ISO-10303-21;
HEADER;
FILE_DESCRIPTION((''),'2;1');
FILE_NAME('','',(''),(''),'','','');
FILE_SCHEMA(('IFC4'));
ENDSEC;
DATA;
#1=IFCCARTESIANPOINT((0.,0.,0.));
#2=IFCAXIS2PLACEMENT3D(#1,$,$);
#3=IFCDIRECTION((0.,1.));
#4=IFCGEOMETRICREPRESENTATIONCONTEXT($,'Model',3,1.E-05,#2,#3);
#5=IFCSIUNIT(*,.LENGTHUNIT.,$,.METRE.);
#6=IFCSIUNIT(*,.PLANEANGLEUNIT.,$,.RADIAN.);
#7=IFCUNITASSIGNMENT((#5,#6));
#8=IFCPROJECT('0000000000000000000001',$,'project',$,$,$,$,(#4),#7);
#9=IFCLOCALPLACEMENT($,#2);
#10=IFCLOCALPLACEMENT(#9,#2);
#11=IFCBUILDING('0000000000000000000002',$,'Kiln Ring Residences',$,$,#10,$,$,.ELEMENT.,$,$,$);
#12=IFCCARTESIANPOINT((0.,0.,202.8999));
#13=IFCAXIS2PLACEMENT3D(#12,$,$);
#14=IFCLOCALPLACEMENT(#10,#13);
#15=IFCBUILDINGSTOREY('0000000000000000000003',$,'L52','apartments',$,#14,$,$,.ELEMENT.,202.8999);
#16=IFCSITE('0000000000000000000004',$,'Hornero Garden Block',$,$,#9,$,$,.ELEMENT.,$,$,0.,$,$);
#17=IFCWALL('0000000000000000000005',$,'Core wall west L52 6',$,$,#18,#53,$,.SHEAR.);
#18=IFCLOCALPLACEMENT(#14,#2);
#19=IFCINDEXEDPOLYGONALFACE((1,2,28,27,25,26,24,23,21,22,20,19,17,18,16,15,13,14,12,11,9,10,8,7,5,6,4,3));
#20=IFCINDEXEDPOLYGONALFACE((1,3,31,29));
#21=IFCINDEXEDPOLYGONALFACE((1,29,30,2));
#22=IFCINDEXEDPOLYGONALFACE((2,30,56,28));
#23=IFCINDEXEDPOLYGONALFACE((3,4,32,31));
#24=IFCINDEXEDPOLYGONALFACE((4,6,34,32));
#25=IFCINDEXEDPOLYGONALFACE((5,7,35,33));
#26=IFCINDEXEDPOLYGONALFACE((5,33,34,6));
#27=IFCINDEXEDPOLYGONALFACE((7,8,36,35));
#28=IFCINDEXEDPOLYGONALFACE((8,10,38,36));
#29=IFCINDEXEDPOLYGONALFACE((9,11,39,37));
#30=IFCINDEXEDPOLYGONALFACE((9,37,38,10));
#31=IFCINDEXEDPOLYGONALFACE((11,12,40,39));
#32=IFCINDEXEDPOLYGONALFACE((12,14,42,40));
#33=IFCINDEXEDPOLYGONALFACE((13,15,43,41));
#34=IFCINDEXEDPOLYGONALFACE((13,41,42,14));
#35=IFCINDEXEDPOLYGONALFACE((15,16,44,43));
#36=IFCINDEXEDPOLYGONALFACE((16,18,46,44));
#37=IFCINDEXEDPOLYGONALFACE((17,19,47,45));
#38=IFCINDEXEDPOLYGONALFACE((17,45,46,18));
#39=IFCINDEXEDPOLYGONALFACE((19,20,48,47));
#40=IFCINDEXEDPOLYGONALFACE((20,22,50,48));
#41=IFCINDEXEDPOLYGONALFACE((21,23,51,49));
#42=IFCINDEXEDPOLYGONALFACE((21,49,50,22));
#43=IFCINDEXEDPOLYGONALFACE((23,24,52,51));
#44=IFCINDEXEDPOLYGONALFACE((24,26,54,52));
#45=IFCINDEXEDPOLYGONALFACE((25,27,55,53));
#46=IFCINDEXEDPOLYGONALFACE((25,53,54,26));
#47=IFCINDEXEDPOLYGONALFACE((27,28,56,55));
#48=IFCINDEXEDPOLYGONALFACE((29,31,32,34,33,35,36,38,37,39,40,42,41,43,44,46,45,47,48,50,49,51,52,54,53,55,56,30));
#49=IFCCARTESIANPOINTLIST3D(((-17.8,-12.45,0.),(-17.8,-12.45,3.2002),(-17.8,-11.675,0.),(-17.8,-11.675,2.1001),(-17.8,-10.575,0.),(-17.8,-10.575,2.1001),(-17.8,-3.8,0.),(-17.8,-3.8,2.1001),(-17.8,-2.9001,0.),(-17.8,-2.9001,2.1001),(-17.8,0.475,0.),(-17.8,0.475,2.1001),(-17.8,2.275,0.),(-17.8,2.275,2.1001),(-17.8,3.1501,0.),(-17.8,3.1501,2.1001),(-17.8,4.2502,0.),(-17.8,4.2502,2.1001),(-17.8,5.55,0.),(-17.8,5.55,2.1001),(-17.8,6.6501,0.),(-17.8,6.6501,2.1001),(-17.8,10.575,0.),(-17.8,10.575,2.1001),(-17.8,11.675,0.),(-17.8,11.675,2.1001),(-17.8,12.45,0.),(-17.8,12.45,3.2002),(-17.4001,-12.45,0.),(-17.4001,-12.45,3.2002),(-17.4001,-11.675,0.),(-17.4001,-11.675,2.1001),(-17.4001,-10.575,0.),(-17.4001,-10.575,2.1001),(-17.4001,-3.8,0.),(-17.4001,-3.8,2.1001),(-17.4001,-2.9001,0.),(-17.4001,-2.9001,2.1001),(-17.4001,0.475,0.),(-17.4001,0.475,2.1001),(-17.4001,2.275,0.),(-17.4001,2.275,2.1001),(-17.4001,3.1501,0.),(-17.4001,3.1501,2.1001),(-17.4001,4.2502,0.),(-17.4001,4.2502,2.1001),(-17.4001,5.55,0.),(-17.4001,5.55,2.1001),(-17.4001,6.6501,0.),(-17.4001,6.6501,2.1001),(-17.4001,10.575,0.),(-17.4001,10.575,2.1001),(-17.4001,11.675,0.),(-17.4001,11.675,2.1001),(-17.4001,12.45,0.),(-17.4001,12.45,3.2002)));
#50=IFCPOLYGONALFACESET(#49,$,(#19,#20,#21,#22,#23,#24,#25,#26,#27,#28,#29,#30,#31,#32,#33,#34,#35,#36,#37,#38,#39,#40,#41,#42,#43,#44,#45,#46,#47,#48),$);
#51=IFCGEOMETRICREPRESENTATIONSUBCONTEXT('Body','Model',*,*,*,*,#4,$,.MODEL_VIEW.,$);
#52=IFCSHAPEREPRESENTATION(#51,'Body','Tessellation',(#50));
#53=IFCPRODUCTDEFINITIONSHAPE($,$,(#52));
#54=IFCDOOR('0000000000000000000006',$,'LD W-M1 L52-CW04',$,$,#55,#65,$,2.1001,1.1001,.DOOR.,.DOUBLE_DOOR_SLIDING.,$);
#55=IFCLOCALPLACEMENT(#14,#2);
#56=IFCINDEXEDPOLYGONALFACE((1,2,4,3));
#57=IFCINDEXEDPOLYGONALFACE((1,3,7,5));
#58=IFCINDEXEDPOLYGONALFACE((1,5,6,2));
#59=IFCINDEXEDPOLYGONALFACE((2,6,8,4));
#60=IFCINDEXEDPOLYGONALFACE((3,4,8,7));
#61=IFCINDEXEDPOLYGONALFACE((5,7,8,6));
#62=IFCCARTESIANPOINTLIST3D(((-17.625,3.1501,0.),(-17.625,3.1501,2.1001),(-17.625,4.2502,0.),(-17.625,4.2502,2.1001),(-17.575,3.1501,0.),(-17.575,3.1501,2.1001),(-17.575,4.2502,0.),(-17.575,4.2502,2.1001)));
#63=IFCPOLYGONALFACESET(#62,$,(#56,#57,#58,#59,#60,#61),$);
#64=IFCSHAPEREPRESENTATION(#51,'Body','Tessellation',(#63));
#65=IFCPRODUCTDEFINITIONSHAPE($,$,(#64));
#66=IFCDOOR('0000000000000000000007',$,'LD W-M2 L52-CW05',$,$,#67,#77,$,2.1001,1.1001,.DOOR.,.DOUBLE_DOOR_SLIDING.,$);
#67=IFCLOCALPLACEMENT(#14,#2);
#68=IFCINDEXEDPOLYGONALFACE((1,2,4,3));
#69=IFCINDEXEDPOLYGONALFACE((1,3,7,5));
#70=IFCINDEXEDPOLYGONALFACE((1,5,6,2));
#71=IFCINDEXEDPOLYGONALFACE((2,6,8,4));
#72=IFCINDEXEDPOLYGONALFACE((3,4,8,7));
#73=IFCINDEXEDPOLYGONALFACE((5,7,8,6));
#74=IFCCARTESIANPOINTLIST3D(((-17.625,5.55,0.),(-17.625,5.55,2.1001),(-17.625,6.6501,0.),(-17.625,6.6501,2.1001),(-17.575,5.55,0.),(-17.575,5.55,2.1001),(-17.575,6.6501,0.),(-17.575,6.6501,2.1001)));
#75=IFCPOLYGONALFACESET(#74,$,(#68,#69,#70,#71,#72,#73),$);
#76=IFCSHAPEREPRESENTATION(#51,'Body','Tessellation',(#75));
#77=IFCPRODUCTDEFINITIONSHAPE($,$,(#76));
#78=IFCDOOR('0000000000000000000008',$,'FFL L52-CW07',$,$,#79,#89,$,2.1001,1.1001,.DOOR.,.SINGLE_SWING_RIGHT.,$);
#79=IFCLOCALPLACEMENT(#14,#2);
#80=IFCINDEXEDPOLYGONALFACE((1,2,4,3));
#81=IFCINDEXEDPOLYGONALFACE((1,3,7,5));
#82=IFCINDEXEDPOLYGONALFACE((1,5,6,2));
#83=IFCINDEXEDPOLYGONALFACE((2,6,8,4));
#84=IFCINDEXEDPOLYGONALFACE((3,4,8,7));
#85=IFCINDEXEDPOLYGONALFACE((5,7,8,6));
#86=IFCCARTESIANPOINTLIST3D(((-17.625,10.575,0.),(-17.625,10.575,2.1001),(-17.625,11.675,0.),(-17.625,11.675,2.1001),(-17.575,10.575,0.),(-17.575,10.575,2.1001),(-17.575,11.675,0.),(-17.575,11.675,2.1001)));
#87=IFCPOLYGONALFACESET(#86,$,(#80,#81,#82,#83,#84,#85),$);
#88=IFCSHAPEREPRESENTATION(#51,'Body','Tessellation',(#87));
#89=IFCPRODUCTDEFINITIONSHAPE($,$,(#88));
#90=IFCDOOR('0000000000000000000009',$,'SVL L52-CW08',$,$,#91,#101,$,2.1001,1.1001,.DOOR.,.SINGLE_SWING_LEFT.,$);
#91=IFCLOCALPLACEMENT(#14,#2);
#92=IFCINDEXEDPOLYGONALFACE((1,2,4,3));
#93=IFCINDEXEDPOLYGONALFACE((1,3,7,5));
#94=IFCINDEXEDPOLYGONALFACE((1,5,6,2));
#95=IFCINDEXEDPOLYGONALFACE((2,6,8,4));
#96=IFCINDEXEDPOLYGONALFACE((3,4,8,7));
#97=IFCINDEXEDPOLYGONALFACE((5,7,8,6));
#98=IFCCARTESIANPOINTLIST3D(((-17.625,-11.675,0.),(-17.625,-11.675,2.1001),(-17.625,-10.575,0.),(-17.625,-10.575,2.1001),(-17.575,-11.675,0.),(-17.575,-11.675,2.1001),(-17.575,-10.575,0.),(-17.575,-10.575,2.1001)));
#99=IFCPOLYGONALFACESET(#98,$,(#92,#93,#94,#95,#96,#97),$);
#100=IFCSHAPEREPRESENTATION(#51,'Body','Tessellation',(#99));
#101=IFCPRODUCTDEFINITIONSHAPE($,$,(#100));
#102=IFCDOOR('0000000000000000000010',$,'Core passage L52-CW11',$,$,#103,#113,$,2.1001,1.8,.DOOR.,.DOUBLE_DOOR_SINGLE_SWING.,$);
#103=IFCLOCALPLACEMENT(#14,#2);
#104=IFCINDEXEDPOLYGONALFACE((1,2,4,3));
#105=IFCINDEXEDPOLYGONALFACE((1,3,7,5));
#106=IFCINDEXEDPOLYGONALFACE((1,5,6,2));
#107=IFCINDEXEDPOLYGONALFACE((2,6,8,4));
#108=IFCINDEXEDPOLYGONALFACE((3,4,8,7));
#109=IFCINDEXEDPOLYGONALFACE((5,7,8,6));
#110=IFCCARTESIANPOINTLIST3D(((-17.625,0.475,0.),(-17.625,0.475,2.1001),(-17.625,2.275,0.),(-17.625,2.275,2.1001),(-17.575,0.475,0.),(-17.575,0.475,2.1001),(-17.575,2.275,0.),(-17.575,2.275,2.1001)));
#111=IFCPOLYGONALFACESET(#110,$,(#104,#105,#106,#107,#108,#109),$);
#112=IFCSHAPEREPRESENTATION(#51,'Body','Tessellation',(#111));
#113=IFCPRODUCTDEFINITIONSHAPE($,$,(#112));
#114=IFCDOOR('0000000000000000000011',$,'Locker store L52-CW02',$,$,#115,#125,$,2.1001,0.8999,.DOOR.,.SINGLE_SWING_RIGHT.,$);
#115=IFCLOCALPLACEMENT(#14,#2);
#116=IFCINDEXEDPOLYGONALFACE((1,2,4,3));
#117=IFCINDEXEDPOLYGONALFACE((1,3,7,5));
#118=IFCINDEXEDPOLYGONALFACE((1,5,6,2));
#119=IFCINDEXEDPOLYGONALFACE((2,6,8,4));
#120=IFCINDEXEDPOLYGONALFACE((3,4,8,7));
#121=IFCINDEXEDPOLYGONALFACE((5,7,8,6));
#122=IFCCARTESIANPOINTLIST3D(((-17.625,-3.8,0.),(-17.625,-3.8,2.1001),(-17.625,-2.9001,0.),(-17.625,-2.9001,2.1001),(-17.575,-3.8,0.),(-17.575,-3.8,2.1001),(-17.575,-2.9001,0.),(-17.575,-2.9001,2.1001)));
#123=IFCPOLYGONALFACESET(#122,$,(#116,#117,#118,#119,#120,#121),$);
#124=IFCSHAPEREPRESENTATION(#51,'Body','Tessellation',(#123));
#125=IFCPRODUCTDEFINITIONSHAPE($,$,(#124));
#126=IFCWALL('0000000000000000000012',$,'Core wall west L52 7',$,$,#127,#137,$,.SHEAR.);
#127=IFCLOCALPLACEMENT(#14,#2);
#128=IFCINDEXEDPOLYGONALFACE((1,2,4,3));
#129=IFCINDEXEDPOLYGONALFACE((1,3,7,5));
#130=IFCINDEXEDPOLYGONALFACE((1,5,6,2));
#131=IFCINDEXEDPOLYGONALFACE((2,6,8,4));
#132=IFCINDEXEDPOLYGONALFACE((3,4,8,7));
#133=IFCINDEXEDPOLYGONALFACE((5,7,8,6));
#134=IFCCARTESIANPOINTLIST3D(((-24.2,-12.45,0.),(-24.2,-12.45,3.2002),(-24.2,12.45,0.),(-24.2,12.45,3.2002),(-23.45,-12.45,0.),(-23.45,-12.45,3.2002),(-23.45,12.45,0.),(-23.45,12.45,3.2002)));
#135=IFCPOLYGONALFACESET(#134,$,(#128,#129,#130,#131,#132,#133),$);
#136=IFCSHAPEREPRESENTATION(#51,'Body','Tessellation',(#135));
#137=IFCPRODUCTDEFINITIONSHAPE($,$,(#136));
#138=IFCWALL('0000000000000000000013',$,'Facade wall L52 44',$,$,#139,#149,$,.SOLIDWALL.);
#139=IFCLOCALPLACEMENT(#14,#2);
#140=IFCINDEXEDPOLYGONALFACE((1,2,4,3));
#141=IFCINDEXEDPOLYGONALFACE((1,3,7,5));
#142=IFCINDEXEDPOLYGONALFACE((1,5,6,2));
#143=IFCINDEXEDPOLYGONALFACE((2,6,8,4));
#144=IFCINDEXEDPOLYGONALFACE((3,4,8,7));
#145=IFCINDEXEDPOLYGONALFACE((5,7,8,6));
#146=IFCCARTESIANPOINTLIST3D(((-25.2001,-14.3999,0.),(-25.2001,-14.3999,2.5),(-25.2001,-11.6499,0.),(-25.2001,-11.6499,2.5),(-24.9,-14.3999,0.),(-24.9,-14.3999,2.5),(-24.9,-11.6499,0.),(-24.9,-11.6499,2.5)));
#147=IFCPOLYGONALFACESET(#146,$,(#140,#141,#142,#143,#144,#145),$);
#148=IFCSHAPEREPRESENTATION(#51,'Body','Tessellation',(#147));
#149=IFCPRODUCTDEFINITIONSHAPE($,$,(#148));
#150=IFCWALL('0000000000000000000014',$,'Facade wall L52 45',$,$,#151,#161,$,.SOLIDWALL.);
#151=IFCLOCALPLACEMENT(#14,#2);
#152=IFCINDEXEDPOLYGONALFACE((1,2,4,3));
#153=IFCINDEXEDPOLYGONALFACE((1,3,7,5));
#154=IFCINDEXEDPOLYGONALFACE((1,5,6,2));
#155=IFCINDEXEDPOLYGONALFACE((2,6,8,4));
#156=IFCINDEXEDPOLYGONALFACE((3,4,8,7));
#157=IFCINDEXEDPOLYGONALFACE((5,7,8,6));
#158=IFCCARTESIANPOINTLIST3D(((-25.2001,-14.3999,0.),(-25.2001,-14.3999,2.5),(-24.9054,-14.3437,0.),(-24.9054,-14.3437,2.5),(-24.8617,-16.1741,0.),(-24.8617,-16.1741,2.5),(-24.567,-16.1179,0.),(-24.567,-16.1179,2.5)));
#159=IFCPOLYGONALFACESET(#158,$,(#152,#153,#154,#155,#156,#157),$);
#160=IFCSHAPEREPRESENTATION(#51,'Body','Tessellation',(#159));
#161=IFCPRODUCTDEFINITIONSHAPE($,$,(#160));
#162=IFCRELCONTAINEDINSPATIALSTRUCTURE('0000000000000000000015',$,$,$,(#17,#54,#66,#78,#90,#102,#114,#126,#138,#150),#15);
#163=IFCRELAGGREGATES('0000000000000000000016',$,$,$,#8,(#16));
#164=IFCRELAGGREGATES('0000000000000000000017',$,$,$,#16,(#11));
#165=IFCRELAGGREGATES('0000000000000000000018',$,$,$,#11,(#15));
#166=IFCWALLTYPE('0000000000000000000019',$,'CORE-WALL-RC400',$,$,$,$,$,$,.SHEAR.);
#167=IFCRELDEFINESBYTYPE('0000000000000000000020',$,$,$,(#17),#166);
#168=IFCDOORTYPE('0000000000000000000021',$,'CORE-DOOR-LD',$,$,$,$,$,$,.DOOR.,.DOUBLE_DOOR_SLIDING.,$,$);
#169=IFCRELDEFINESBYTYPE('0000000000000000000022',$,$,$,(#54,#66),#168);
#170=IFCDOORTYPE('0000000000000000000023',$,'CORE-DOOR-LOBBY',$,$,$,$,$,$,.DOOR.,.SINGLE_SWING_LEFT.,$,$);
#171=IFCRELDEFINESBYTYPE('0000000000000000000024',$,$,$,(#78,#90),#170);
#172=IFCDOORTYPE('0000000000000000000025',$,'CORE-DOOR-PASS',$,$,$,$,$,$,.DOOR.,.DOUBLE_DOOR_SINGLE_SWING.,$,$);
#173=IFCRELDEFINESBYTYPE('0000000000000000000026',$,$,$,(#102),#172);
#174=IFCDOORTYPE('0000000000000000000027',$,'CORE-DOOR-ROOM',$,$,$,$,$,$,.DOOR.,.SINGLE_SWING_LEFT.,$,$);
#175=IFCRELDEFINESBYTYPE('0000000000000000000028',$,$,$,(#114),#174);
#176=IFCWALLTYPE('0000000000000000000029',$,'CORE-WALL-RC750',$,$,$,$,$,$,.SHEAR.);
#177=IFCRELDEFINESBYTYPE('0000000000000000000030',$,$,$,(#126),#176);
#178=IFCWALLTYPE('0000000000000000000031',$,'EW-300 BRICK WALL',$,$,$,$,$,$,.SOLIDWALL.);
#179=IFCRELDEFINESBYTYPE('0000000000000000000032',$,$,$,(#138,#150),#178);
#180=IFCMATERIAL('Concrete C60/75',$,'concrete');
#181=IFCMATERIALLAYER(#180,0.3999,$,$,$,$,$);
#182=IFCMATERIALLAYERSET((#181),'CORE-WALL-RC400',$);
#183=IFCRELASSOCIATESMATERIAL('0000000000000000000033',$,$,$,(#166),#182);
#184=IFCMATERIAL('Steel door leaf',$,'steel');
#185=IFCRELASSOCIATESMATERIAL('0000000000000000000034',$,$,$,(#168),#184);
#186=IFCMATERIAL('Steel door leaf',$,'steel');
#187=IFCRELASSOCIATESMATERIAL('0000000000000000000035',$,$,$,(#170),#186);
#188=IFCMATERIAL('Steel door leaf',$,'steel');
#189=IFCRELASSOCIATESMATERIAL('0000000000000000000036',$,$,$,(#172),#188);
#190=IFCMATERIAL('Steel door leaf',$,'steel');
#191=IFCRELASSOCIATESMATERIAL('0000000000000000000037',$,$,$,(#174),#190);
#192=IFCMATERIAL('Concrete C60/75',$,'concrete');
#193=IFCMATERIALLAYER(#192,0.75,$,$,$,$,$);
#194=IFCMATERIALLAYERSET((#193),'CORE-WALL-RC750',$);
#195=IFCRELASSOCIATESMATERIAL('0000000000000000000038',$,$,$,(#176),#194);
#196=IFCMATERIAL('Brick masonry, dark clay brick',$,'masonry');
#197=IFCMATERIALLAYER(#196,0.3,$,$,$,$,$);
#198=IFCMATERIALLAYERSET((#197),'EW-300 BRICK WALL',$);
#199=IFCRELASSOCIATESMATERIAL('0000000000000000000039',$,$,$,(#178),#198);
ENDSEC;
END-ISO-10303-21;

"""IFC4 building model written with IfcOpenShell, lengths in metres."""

from ifc_helpers import new_model, si_unit, direction, frame, frame_2d, origin, place, context, subcontext, project, spatial, rectangle, extrude, material, layer, layer_set, type_object, element, fill, save


model = new_model("IFC4")

# Units and contexts
model_context = context("Model", 3, precision=1e-05, world=origin(), true_north=direction((0.0, 1.0)))
body_context = subcontext(model_context, "Body", "Model", "MODEL_VIEW")
ifc_project = project(units=[si_unit("LENGTHUNIT", "METRE"), si_unit("PLANEANGLEUNIT", "RADIAN")], contexts=[model_context])

# Site, building, storey
site_placement = place(None, origin())
site = spatial("IfcSite", under=ifc_project, at=site_placement, Name="Hornero Garden Block", CompositionType="ELEMENT", RefElevation=0.0)
building_placement = place(site_placement, origin())
building = spatial("IfcBuilding", under=site, at=building_placement, Name="Kiln Ring Residences", CompositionType="ELEMENT")
storey_placement = place(building_placement, frame((0.0, 0.0, 202.8999)))
storey = spatial("IfcBuildingStorey", under=building, at=storey_placement, Name="L52", Description="apartments", CompositionType="ELEMENT", Elevation=202.8999)

# Wall, openings, doors
ifc_material_1 = material(Name="Concrete C60/75", Category="concrete")
ifc_layer_1 = layer(ifc_material_1, 0.3999)
ifc_layer_set_1 = layer_set([ifc_layer_1], Name="CORE-WALL-RC400")
wall_type_1 = type_object("IfcWallType", Name="CORE-WALL-RC400", PredefinedType="SHEAR", material=ifc_layer_set_1)
wall_1_placement = place(storey_placement, frame((-17.6001, -12.45, 0.0), z_axis=(0.0, 0.0, 1.0), x_axis=(0.0, 1.0, 0.0)))
wall_1 = element("IfcWall", 1, at=wall_1_placement, inside=storey, type_object=wall_type_1, Name="Core wall west L52 6", PredefinedType="SHEAR", context=body_context, shape_type="SweptSolid", body=[
    extrude(rectangle(XDim=24.8999, YDim=0.3999, at=frame_2d((12.45, 0.0))), origin(), (0.0, 0.0, 1.0), 3.2002),
])
opening_1_placement = place(wall_1_placement, frame((8.6499, 0.0, 0.0)))
opening_1 = element("IfcOpeningElement", 2, at=opening_1_placement, cuts=wall_1, PredefinedType="OPENING", context=body_context, shape_type="SweptSolid", body=[
    extrude(rectangle(XDim=0.8999, YDim=2.1001, at=frame_2d((0.45, 1.05))), frame((0.0, 0.21, 0.0), z_axis=(0.0, -1.0, 0.0), x_axis=(1.0, 0.0, 0.0)), (0.0, 0.0, 1.0), 0.4199),
])
opening_2_placement = place(wall_1_placement, frame((15.6001, 0.0, 0.0)))
opening_2 = element("IfcOpeningElement", 3, at=opening_2_placement, cuts=wall_1, PredefinedType="OPENING", context=body_context, shape_type="SweptSolid", body=[
    extrude(rectangle(XDim=1.1001, YDim=2.1001, at=frame_2d((0.55, 1.05))), frame((0.0, 0.21, 0.0), z_axis=(0.0, -1.0, 0.0), x_axis=(1.0, 0.0, 0.0)), (0.0, 0.0, 1.0), 0.4199),
])
opening_3_placement = place(wall_1_placement, frame((18.0, 0.0, 0.0)))
opening_3 = element("IfcOpeningElement", 4, at=opening_3_placement, cuts=wall_1, PredefinedType="OPENING", context=body_context, shape_type="SweptSolid", body=[
    extrude(rectangle(XDim=1.1001, YDim=2.1001, at=frame_2d((0.55, 1.05))), frame((0.0, 0.21, 0.0), z_axis=(0.0, -1.0, 0.0), x_axis=(1.0, 0.0, 0.0)), (0.0, 0.0, 1.0), 0.4199),
])
opening_4_placement = place(wall_1_placement, frame((23.0249, 0.0, 0.0)))
opening_4 = element("IfcOpeningElement", 5, at=opening_4_placement, cuts=wall_1, PredefinedType="OPENING", context=body_context, shape_type="SweptSolid", body=[
    extrude(rectangle(XDim=1.1001, YDim=2.1001, at=frame_2d((0.55, 1.05))), frame((0.0, 0.21, 0.0), z_axis=(0.0, -1.0, 0.0), x_axis=(1.0, 0.0, 0.0)), (0.0, 0.0, 1.0), 0.4199),
])
opening_5_placement = place(wall_1_placement, frame((0.7749, 0.0, 0.0)))
opening_5 = element("IfcOpeningElement", 6, at=opening_5_placement, cuts=wall_1, PredefinedType="OPENING", context=body_context, shape_type="SweptSolid", body=[
    extrude(rectangle(XDim=1.1001, YDim=2.1001, at=frame_2d((0.55, 1.05))), frame((0.0, 0.21, 0.0), z_axis=(0.0, -1.0, 0.0), x_axis=(1.0, 0.0, 0.0)), (0.0, 0.0, 1.0), 0.4199),
])
opening_6_placement = place(wall_1_placement, frame((12.925, 0.0, 0.0)))
opening_6 = element("IfcOpeningElement", 7, at=opening_6_placement, cuts=wall_1, PredefinedType="OPENING", context=body_context, shape_type="SweptSolid", body=[
    extrude(rectangle(XDim=1.8, YDim=2.1001, at=frame_2d((0.8999, 1.05))), frame((0.0, 0.21, 0.0), z_axis=(0.0, -1.0, 0.0), x_axis=(1.0, 0.0, 0.0)), (0.0, 0.0, 1.0), 0.4199),
])
ifc_material_2 = material(Name="Steel door leaf", Category="steel")
door_type_1 = type_object("IfcDoorType", Name="CORE-DOOR-LD", OperationType="DOUBLE_DOOR_SLIDING", PredefinedType="DOOR", material=ifc_material_2)
door_1_placement = place(opening_2_placement, origin())
door_1 = element("IfcDoor", 8, at=door_1_placement, inside=storey, type_object=door_type_1, Name="LD W-M1 L52-CW04", OperationType="DOUBLE_DOOR_SLIDING", OverallHeight=2.1001, OverallWidth=1.1001, PredefinedType="DOOR", context=body_context, shape_type="SweptSolid", body=[
    extrude(rectangle(XDim=1.1001, YDim=2.1001, at=frame_2d((0.55, 1.05))), frame((0.0, 0.0249, 0.0), z_axis=(0.0, -1.0, 0.0), x_axis=(1.0, 0.0, 0.0)), (0.0, 0.0, 1.0), 0.05),
])
fill(opening_2, door_1)
door_2_placement = place(opening_3_placement, origin())
door_2 = element("IfcDoor", 9, at=door_2_placement, inside=storey, type_object=door_type_1, Name="LD W-M2 L52-CW05", OperationType="DOUBLE_DOOR_SLIDING", OverallHeight=2.1001, OverallWidth=1.1001, PredefinedType="DOOR", context=body_context, shape_type="SweptSolid", body=[
    extrude(rectangle(XDim=1.1001, YDim=2.1001, at=frame_2d((0.55, 1.05))), frame((0.0, 0.0249, 0.0), z_axis=(0.0, -1.0, 0.0), x_axis=(1.0, 0.0, 0.0)), (0.0, 0.0, 1.0), 0.05),
])
fill(opening_3, door_2)
ifc_material_3 = material(Name="Steel door leaf", Category="steel")
door_type_2 = type_object("IfcDoorType", Name="CORE-DOOR-LOBBY", OperationType="SINGLE_SWING_LEFT", PredefinedType="DOOR", material=ifc_material_3)
door_3_placement = place(opening_4_placement, origin())
door_3 = element("IfcDoor", 10, at=door_3_placement, inside=storey, type_object=door_type_2, Name="FFL L52-CW07", OperationType="SINGLE_SWING_RIGHT", OverallHeight=2.1001, OverallWidth=1.1001, PredefinedType="DOOR", context=body_context, shape_type="SweptSolid", body=[
    extrude(rectangle(XDim=1.1001, YDim=2.1001, at=frame_2d((0.55, 1.05))), frame((0.0, 0.0249, 0.0), z_axis=(0.0, -1.0, 0.0), x_axis=(1.0, 0.0, 0.0)), (0.0, 0.0, 1.0), 0.05),
])
fill(opening_4, door_3)
door_4_placement = place(opening_5_placement, origin())
door_4 = element("IfcDoor", 11, at=door_4_placement, inside=storey, type_object=door_type_2, Name="SVL L52-CW08", OperationType="SINGLE_SWING_LEFT", OverallHeight=2.1001, OverallWidth=1.1001, PredefinedType="DOOR", context=body_context, shape_type="SweptSolid", body=[
    extrude(rectangle(XDim=1.1001, YDim=2.1001, at=frame_2d((0.55, 1.05))), frame((0.0, 0.0249, 0.0), z_axis=(0.0, -1.0, 0.0), x_axis=(1.0, 0.0, 0.0)), (0.0, 0.0, 1.0), 0.05),
])
fill(opening_5, door_4)
ifc_material_4 = material(Name="Steel door leaf", Category="steel")
door_type_3 = type_object("IfcDoorType", Name="CORE-DOOR-PASS", OperationType="DOUBLE_DOOR_SINGLE_SWING", PredefinedType="DOOR", material=ifc_material_4)
door_5_placement = place(opening_6_placement, origin())
door_5 = element("IfcDoor", 12, at=door_5_placement, inside=storey, type_object=door_type_3, Name="Core passage L52-CW11", OperationType="DOUBLE_DOOR_SINGLE_SWING", OverallHeight=2.1001, OverallWidth=1.8, PredefinedType="DOOR", context=body_context, shape_type="SweptSolid", body=[
    extrude(rectangle(XDim=1.8, YDim=2.1001, at=frame_2d((0.8999, 1.05))), frame((0.0, 0.0249, 0.0), z_axis=(0.0, -1.0, 0.0), x_axis=(1.0, 0.0, 0.0)), (0.0, 0.0, 1.0), 0.05),
])
fill(opening_6, door_5)
ifc_material_5 = material(Name="Steel door leaf", Category="steel")
door_type_4 = type_object("IfcDoorType", Name="CORE-DOOR-ROOM", OperationType="SINGLE_SWING_LEFT", PredefinedType="DOOR", material=ifc_material_5)
door_6_placement = place(opening_1_placement, origin())
door_6 = element("IfcDoor", 13, at=door_6_placement, inside=storey, type_object=door_type_4, Name="Locker store L52-CW02", OperationType="SINGLE_SWING_RIGHT", OverallHeight=2.1001, OverallWidth=0.8999, PredefinedType="DOOR", context=body_context, shape_type="SweptSolid", body=[
    extrude(rectangle(XDim=0.8999, YDim=2.1001, at=frame_2d((0.45, 1.05))), frame((0.0, 0.0249, 0.0), z_axis=(0.0, -1.0, 0.0), x_axis=(1.0, 0.0, 0.0)), (0.0, 0.0, 1.0), 0.05),
])
fill(opening_1, door_6)

# Walls
ifc_material_6 = material(Name="Concrete C60/75", Category="concrete")
ifc_layer_2 = layer(ifc_material_6, 0.75)
ifc_layer_set_2 = layer_set([ifc_layer_2], Name="CORE-WALL-RC750")
wall_type_2 = type_object("IfcWallType", Name="CORE-WALL-RC750", PredefinedType="SHEAR", material=ifc_layer_set_2)
wall_2_placement = place(storey_placement, frame((-23.825, -12.45, 0.0), z_axis=(0.0, 0.0, 1.0), x_axis=(0.0, 1.0, 0.0)))
element("IfcWall", 14, at=wall_2_placement, inside=storey, type_object=wall_type_2, Name="Core wall west L52 7", PredefinedType="SHEAR", context=body_context, shape_type="SweptSolid", body=[
    extrude(rectangle(XDim=24.8999, YDim=0.75, at=frame_2d((12.45, 0.0))), origin(), (0.0, 0.0, 1.0), 3.2002),
])
ifc_material_7 = material(Name="Brick masonry, dark clay brick", Category="masonry")
ifc_layer_3 = layer(ifc_material_7, 0.3)
ifc_layer_set_3 = layer_set([ifc_layer_3], Name="EW-300 BRICK WALL")
wall_type_3 = type_object("IfcWallType", Name="EW-300 BRICK WALL", PredefinedType="SOLIDWALL", material=ifc_layer_set_3)
wall_3_placement = place(storey_placement, frame((-25.05, -11.6499, 0.0), z_axis=(0.0, 0.0, 1.0), x_axis=(0.0, -1.0, 0.0)))
element("IfcWall", 15, at=wall_3_placement, inside=storey, type_object=wall_type_3, Name="Facade wall L52 44", PredefinedType="SOLIDWALL", context=body_context, shape_type="SweptSolid", body=[
    extrude(rectangle(XDim=2.75, YDim=0.3, at=frame_2d((1.375, 0.0))), origin(), (0.0, 0.0, 1.0), 2.5),
])
wall_4_placement = place(storey_placement, frame((-25.0527, -14.3718, 0.0), z_axis=(0.0, 0.0, 1.0), x_axis=(0.187348, -0.982294, 0.0)))
element("IfcWall", 16, at=wall_4_placement, inside=storey, type_object=wall_type_3, Name="Facade wall L52 45", PredefinedType="SOLIDWALL", context=body_context, shape_type="SweptSolid", body=[
    extrude(rectangle(XDim=1.8062, YDim=0.3, at=frame_2d((0.9031, 0.0))), origin(), (0.0, 0.0, 1.0), 2.5),
])

save(model, "model.ifc")
